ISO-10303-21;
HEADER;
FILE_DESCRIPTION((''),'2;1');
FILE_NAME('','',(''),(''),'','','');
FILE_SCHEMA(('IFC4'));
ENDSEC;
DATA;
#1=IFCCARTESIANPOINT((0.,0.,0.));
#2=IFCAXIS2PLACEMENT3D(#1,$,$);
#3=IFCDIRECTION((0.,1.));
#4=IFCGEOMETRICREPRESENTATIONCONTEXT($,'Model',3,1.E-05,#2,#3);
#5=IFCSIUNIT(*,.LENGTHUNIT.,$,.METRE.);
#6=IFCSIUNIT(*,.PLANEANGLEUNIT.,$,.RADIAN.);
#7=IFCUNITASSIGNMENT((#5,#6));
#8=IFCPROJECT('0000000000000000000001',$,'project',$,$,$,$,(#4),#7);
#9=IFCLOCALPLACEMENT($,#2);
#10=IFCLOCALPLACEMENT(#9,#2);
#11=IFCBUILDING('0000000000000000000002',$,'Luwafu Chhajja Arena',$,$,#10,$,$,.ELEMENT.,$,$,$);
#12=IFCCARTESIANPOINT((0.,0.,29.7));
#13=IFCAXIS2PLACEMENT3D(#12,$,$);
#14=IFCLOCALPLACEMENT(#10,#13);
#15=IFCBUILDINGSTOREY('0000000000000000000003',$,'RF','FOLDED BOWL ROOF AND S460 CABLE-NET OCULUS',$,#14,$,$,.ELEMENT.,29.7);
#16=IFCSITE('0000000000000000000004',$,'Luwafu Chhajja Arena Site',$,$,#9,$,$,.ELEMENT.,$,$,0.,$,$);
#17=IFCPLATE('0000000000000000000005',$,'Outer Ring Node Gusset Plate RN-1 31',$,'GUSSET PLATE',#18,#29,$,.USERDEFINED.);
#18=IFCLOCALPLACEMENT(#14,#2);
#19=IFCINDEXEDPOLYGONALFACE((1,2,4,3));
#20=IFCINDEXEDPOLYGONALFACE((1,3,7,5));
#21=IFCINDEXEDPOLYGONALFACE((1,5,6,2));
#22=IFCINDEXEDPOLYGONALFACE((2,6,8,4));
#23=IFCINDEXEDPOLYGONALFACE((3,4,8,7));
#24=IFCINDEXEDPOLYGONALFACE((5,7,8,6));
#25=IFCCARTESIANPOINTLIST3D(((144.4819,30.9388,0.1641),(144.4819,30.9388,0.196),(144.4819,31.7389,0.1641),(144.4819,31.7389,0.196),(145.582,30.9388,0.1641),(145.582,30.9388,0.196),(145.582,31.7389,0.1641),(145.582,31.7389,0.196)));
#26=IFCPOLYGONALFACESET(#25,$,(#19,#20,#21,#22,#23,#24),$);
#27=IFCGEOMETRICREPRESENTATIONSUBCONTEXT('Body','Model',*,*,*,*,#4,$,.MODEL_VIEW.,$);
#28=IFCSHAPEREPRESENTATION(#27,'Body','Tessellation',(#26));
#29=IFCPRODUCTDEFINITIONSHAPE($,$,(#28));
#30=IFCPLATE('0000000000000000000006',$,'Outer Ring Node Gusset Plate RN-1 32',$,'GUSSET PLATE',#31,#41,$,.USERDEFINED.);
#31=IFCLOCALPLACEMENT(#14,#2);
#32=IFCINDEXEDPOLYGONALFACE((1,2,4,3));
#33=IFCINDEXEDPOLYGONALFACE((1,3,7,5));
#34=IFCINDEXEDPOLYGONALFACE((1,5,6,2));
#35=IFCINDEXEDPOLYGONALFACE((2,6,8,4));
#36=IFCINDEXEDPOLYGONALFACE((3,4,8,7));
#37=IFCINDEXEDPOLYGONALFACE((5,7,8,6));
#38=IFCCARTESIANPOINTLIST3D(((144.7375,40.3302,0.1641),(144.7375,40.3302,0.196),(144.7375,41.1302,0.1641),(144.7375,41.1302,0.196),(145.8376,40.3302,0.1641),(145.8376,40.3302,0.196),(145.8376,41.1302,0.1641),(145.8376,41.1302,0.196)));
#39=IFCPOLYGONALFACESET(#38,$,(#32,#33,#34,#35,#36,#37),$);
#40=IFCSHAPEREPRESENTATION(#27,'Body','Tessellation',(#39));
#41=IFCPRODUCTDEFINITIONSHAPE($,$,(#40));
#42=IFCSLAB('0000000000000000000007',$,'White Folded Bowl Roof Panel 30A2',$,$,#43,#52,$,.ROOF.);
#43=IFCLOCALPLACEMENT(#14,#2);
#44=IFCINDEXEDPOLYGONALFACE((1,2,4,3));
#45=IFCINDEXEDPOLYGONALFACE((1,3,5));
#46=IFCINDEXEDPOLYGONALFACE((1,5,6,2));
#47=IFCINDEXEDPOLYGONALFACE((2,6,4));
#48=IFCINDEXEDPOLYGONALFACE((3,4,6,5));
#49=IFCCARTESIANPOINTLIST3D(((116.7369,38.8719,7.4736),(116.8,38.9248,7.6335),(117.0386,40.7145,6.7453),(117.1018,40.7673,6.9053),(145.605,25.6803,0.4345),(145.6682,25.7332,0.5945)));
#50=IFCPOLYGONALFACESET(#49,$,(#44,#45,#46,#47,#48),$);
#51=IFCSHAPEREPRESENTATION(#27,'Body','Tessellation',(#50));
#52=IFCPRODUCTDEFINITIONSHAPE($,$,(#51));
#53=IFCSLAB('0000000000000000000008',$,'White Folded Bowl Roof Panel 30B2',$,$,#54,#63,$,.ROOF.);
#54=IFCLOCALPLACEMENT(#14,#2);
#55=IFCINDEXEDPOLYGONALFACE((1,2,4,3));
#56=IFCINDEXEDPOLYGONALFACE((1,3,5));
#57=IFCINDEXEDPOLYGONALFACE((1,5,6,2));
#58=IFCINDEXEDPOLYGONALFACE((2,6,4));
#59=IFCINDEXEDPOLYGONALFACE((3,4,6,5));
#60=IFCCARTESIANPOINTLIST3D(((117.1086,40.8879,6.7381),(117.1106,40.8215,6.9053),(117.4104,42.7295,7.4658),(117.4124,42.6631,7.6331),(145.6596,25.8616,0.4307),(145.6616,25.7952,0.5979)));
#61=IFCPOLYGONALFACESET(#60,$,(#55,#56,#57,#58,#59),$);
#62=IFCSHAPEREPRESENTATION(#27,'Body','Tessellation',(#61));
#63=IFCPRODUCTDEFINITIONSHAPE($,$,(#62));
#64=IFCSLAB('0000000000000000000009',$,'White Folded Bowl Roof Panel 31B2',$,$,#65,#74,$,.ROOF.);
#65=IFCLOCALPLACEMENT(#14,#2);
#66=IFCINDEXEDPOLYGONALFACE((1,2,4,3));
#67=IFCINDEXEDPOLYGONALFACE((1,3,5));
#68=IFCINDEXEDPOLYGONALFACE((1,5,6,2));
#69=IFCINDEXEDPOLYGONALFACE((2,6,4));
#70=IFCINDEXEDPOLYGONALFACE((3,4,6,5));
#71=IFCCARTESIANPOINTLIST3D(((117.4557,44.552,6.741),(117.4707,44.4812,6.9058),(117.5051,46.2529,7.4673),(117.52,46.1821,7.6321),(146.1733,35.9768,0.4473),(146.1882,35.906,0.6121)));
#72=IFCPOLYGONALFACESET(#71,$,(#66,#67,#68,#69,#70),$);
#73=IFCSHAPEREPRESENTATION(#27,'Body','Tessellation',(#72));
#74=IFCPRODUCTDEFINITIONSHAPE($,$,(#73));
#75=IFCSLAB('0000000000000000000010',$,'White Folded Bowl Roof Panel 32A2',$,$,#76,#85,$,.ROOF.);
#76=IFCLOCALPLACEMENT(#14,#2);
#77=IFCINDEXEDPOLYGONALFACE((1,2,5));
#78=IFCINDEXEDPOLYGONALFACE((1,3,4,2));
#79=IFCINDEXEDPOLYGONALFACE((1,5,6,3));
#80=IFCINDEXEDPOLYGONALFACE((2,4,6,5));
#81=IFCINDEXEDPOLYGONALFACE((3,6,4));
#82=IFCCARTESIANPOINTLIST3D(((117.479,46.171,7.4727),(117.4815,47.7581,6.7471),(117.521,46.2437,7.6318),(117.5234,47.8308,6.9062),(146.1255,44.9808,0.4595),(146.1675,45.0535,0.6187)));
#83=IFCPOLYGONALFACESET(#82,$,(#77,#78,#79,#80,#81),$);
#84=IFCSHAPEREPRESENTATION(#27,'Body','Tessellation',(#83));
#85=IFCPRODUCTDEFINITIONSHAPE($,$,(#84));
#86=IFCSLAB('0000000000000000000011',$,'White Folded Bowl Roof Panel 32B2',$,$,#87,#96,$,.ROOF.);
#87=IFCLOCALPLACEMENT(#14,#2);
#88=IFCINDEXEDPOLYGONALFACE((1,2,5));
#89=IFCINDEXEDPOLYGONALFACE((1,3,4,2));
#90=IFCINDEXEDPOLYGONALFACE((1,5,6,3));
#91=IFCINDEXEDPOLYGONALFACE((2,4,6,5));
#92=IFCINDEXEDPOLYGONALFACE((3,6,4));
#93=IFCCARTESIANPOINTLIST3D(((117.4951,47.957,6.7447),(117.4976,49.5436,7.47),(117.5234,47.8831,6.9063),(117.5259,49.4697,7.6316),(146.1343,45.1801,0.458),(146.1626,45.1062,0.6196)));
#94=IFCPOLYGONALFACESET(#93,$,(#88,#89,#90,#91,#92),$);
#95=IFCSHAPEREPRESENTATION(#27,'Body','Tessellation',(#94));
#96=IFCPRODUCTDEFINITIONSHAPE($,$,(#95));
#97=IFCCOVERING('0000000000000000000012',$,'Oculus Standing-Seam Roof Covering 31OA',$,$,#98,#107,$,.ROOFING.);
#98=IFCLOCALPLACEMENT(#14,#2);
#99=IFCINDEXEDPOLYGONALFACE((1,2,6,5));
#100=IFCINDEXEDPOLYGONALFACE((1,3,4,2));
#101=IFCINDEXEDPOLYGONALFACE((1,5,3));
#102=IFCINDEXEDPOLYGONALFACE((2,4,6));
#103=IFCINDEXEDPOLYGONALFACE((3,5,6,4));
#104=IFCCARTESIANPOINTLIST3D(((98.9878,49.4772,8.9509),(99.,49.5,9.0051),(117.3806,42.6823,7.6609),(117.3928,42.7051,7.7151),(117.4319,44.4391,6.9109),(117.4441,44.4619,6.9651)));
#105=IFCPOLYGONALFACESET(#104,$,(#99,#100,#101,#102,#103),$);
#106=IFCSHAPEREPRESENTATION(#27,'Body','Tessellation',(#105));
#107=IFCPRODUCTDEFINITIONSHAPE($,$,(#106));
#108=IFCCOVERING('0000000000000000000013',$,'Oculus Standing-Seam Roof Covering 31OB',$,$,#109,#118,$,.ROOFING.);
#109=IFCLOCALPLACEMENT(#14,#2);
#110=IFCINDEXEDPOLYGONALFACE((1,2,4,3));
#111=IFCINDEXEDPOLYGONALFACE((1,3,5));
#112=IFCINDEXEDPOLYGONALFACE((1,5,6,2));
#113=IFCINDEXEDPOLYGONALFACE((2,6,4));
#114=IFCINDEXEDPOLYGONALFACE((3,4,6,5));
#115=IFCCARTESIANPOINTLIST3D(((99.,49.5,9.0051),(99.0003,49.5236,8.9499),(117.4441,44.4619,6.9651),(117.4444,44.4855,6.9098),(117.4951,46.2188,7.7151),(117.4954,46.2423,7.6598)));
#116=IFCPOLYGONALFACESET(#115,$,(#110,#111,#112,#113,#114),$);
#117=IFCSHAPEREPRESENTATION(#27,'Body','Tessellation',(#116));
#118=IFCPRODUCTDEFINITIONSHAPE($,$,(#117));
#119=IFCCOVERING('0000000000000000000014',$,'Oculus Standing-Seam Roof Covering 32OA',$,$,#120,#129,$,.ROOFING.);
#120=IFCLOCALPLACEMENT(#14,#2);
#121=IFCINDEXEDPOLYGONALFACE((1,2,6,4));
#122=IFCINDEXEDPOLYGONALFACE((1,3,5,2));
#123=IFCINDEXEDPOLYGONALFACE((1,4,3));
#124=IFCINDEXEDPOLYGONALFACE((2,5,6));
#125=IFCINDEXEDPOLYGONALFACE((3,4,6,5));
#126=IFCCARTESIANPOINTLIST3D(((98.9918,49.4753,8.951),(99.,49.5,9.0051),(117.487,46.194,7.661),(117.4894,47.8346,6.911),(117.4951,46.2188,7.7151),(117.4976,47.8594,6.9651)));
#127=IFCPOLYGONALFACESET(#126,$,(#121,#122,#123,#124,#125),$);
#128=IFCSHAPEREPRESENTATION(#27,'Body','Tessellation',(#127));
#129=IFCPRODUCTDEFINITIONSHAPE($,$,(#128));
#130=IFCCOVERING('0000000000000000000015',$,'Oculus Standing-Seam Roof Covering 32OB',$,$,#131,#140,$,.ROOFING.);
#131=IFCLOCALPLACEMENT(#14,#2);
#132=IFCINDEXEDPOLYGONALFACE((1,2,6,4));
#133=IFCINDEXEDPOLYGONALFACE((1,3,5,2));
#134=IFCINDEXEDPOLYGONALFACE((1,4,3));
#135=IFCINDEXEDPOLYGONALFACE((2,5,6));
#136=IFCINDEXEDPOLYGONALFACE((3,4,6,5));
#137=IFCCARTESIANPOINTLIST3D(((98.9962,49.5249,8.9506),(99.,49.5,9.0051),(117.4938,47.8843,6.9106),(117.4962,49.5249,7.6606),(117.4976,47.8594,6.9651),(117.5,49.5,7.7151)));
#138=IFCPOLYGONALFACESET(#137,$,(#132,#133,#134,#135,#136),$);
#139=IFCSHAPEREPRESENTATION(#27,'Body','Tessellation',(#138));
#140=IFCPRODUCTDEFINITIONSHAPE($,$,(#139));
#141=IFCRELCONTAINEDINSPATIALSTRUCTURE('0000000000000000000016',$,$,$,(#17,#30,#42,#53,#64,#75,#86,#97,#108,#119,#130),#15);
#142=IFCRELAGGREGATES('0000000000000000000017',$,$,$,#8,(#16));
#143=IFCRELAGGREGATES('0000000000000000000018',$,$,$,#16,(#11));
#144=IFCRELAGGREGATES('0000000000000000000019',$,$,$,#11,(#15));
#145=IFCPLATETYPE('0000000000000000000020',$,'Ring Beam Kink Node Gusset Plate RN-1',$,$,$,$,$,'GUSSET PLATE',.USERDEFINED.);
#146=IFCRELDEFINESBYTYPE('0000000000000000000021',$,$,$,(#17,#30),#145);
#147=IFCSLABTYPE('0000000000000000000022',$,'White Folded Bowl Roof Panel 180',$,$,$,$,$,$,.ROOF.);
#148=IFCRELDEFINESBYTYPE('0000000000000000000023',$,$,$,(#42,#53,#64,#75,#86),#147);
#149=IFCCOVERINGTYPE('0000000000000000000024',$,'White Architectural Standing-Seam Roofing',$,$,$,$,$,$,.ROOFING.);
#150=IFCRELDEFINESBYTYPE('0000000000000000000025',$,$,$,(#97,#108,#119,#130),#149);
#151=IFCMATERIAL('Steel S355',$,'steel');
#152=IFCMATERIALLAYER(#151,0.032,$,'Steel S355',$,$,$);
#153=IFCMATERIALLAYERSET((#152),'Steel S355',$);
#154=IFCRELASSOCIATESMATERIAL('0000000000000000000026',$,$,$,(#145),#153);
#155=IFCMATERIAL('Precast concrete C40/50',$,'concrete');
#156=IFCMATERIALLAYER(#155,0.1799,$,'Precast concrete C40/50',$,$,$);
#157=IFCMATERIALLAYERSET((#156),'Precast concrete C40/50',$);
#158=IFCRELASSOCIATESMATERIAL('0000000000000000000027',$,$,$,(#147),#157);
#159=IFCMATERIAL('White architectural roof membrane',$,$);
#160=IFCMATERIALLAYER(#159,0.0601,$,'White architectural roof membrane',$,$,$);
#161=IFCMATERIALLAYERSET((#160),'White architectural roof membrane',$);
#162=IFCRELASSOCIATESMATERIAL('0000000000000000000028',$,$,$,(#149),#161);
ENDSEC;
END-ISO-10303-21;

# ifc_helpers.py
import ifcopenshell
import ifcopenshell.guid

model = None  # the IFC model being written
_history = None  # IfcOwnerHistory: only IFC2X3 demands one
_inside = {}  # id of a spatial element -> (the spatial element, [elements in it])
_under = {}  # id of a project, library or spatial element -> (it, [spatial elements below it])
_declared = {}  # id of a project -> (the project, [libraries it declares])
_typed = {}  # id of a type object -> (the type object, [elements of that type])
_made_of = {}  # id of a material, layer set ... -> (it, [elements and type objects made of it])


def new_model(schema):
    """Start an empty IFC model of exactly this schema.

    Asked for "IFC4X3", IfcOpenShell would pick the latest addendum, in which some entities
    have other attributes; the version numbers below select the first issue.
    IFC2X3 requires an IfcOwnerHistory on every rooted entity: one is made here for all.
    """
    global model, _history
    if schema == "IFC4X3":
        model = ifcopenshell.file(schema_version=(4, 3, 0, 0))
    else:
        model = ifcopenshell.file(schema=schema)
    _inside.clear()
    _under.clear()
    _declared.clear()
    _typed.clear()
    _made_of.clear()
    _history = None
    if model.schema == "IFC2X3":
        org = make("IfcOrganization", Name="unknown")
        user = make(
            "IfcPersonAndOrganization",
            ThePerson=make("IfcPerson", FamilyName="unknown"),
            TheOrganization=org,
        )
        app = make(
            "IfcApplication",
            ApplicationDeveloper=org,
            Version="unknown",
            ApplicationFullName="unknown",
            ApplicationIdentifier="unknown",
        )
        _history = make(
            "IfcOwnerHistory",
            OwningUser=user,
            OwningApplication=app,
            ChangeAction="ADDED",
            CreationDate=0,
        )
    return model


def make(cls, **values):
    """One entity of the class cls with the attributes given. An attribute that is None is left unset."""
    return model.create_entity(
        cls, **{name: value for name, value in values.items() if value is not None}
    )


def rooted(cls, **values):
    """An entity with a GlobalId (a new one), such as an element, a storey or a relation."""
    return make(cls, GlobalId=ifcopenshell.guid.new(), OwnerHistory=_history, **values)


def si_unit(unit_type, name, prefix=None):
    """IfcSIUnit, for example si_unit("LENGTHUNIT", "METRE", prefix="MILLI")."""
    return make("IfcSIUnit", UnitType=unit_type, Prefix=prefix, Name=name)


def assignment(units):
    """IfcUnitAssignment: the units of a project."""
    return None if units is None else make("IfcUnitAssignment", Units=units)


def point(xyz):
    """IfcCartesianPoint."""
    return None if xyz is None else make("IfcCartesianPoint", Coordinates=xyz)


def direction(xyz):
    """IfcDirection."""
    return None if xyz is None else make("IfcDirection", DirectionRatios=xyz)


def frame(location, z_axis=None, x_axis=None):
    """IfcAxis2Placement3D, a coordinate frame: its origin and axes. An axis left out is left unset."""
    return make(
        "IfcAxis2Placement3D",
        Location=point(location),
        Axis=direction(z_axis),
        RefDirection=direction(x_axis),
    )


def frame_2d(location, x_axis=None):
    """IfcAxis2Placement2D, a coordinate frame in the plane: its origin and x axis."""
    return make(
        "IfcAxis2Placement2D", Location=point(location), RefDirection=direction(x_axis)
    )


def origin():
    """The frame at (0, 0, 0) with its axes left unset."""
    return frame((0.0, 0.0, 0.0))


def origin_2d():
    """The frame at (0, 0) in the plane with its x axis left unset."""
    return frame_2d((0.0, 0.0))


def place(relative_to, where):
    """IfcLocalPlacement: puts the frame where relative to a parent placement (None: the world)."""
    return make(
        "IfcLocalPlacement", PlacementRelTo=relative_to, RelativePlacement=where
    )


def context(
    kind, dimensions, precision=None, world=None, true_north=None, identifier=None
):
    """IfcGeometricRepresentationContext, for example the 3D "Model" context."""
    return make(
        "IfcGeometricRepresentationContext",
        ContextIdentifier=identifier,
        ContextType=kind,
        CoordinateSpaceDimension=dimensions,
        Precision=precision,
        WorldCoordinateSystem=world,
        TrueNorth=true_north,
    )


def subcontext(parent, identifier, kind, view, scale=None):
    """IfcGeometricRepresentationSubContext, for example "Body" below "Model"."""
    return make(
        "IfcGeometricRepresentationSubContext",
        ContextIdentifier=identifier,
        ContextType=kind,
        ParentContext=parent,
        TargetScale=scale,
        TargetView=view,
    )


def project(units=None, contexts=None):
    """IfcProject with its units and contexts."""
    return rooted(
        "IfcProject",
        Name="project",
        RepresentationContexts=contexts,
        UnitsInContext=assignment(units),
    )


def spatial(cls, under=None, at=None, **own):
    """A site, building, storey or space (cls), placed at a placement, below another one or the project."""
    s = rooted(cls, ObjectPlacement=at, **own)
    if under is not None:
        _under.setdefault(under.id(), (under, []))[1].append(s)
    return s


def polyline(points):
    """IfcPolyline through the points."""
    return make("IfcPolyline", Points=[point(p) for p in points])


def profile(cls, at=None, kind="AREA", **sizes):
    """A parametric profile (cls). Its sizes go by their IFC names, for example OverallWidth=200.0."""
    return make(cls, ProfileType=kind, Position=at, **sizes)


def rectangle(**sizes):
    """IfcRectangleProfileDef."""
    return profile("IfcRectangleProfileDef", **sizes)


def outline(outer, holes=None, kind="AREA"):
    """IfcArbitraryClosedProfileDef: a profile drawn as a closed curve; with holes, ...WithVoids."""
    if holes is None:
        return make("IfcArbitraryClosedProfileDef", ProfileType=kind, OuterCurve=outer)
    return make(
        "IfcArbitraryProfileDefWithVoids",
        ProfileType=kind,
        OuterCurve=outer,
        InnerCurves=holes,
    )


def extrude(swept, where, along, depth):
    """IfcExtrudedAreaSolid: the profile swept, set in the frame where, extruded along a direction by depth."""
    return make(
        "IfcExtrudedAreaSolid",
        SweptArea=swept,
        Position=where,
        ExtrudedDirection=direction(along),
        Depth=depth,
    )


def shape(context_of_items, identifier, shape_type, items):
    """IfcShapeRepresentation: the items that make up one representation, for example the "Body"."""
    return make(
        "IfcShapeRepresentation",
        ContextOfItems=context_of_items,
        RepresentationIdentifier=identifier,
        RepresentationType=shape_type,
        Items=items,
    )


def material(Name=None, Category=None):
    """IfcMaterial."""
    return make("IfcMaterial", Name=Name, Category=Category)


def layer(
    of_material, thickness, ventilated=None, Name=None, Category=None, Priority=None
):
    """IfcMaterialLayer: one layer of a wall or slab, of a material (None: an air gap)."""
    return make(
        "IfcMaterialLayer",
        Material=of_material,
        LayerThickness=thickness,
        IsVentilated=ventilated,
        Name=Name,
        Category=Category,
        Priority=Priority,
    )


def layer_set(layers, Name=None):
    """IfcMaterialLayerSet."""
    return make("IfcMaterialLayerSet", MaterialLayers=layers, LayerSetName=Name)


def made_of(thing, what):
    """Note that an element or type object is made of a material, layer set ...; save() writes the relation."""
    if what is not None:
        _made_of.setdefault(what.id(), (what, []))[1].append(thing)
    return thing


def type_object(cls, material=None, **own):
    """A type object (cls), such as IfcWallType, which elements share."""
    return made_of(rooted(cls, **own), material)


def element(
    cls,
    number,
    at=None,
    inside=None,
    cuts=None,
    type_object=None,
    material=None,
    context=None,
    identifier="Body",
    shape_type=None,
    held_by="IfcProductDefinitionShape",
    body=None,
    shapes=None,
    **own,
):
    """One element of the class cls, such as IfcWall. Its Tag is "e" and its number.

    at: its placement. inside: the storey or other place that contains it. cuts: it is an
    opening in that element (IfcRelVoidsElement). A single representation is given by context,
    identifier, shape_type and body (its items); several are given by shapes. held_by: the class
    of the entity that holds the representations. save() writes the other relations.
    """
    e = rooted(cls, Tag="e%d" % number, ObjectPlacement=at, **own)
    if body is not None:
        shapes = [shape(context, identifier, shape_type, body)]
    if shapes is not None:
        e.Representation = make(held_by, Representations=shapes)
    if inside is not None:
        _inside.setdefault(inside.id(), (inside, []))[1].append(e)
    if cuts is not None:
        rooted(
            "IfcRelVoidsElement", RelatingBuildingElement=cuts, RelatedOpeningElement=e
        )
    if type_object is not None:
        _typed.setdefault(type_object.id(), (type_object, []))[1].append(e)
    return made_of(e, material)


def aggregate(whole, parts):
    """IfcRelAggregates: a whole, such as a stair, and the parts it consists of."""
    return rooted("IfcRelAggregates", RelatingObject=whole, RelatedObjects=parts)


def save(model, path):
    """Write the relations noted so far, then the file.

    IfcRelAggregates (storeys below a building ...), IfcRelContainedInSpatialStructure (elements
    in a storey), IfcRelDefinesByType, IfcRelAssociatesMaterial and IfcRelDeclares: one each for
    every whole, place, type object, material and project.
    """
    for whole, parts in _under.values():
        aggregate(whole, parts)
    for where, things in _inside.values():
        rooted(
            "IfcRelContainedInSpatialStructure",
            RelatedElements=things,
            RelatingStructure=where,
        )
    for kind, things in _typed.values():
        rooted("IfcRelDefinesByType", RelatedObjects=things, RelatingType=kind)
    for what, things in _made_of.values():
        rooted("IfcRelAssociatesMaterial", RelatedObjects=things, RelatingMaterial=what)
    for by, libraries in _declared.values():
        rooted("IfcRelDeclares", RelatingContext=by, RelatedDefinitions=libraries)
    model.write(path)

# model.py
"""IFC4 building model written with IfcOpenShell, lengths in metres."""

from ifc_helpers import new_model, si_unit, direction, frame, origin, origin_2d, place, context, subcontext, project, spatial, polyline, rectangle, outline, extrude, material, layer, layer_set, type_object, element, save


model = new_model("IFC4")

# Units and contexts
model_context = context("Model", 3, precision=1e-05, world=origin(), true_north=direction((0.0, 1.0)))
body_context = subcontext(model_context, "Body", "Model", "MODEL_VIEW")
ifc_project = project(units=[si_unit("LENGTHUNIT", "METRE"), si_unit("PLANEANGLEUNIT", "RADIAN")], contexts=[model_context])

# Site, building, storey
site_placement = place(None, origin())
site = spatial("IfcSite", under=ifc_project, at=site_placement, Name="Luwafu Chhajja Arena Site", CompositionType="ELEMENT", RefElevation=0.0)
building_placement = place(site_placement, origin())
building = spatial("IfcBuilding", under=site, at=building_placement, Name="Luwafu Chhajja Arena", CompositionType="ELEMENT")
storey_placement = place(building_placement, frame((0.0, 0.0, 29.7)))
storey = spatial("IfcBuildingStorey", under=building, at=storey_placement, Name="RF", Description="FOLDED BOWL ROOF AND S460 CABLE-NET OCULUS", CompositionType="ELEMENT", Elevation=29.7)

# Shared definitions
ifc_material_1 = material(Name="Steel S355", Category="steel")

# Shared definitions
ifc_material_2 = material(Name="Precast concrete C40/50", Category="concrete")

# Plates
ifc_layer_1 = layer(ifc_material_1, 0.032, Name="Steel S355")
ifc_layer_set_1 = layer_set([ifc_layer_1], Name="Steel S355")
plate_type_1 = type_object("IfcPlateType", Name="Ring Beam Kink Node Gusset Plate RN-1", ElementType="GUSSET PLATE", PredefinedType="USERDEFINED", material=ifc_layer_set_1)
for number, where, z_axis, x_axis, name in (
    (1, (145.032, 31.3389, 0.1641), (0.0, 0.0, 1.0), (1.0, 0.0, 0.0), "Outer Ring Node Gusset Plate RN-1 31"),
    (2, (145.2876, 40.7302, 0.1641), (0.0, 0.0, 1.0), (1.0, 0.0, 0.0), "Outer Ring Node Gusset Plate RN-1 32"),
):
    element("IfcPlate", number, at=place(storey_placement, frame(where, z_axis=z_axis, x_axis=x_axis)), inside=storey, type_object=plate_type_1, Name=name, ObjectType="GUSSET PLATE", PredefinedType="USERDEFINED", context=body_context, shape_type="SweptSolid", body=[
        extrude(rectangle(XDim=1.1001, YDim=0.8, at=origin_2d()), origin(), (0.0, 0.0, 1.0), 0.032),
    ])

# Slabs
ifc_layer_2 = layer(ifc_material_2, 0.1799, Name="Precast concrete C40/50")
ifc_layer_set_2 = layer_set([ifc_layer_2], Name="Precast concrete C40/50")
slab_type_1 = type_object("IfcSlabType", Name="White Folded Bowl Roof Panel 180", PredefinedType="ROOF", material=ifc_layer_set_2)
slab_1_placement = place(storey_placement, frame((145.6682, 25.7332, 0.5945), z_axis=(0.351076, 0.293897, 0.889028), x_axis=(-0.887962, 0.405765, 0.216516)))
element("IfcSlab", 3, at=slab_1_placement, inside=storey, type_object=slab_type_1, Name="White Folded Bowl Roof Panel 30A2", PredefinedType="ROOF", context=body_context, shape_type="SweptSolid", body=[
    extrude(outline(polyline([(0.0, 0.0), (32.5106, 0.0), (32.8326, -1.978), (0.0, 0.0)])), origin(), (0.0, 0.0, -1.0), 0.1799),
])
slab_2_placement = place(storey_placement, frame((145.6616, 25.7952, 0.5979), z_axis=(0.011056, -0.369084, 0.92933), x_axis=(-0.868484, 0.457082, 0.191862)))
element("IfcSlab", 4, at=slab_2_placement, inside=storey, type_object=slab_type_1, Name="White Folded Bowl Roof Panel 30B2", PredefinedType="ROOF", context=body_context, shape_type="SweptSolid", body=[
    extrude(outline(polyline([(0.0, 0.0), (32.8745, 0.0), (33.5938, -1.8694), (0.0, 0.0)])), origin(), (0.0, 0.0, -1.0), 0.1799),
])
slab_3_placement = place(storey_placement, frame((146.1882, 35.906, 0.6121), z_axis=(0.083195, -0.393386, 0.915601), x_axis=(-0.93774, 0.280014, 0.205514)))
element("IfcSlab", 5, at=slab_3_placement, inside=storey, type_object=slab_type_1, Name="White Folded Bowl Roof Panel 31B2", PredefinedType="ROOF", context=body_context, shape_type="SweptSolid", body=[
    extrude(outline(polyline([(0.0, 0.0), (30.6242, 0.0), (31.2035, -1.7571), (0.0, 0.0)])), origin(), (0.0, 0.0, -1.0), 0.1799),
])
slab_4_placement = place(storey_placement, frame((146.1675, 45.0535, 0.6187), z_axis=(0.233327, 0.404, 0.884501), x_axis=(-0.970525, 0.040323, 0.237602)))
element("IfcSlab", 6, at=slab_4_placement, inside=storey, type_object=slab_type_1, Name="White Folded Bowl Roof Panel 32A2", PredefinedType="ROOF", context=body_context, shape_type="SweptSolid", body=[
    extrude(outline(polyline([(0.0, 0.0), (29.5165, 0.0), (29.4057, -1.7416), (0.0, 0.0)])), origin(), (0.0, 0.0, -1.0), 0.1799),
])
slab_5_placement = place(storey_placement, frame((146.1626, 45.1062, 0.6196), z_axis=(0.157304, -0.410787, 0.898059), x_axis=(-0.972394, 0.094283, 0.213451)))
element("IfcSlab", 7, at=slab_5_placement, inside=storey, type_object=slab_type_1, Name="White Folded Bowl Roof Panel 32B2", PredefinedType="ROOF", context=body_context, shape_type="SweptSolid", body=[
    extrude(outline(polyline([(0.0, 0.0), (29.4522, 0.0), (29.7543, -1.7183), (0.0, 0.0)])), origin(), (0.0, 0.0, -1.0), 0.1799),
])

# Coverings
ifc_material_3 = material(Name="White architectural roof membrane")
ifc_layer_3 = layer(ifc_material_3, 0.0601, Name="White architectural roof membrane")
ifc_layer_set_3 = layer_set([ifc_layer_3], Name="White architectural roof membrane")
covering_type = type_object("IfcCoveringType", Name="White Architectural Standing-Seam Roofing", PredefinedType="ROOFING", material=ifc_layer_set_3)
covering_1_placement = place(storey_placement, frame((117.3928, 42.7051, 7.7151), z_axis=(0.203463, 0.379382, 0.902592), x_axis=(0.02683, 0.919368, -0.392482)))
element("IfcCovering", 8, at=covering_1_placement, inside=storey, type_object=covering_type, Name="Oculus Standing-Seam Roof Covering 31OA", PredefinedType="ROOFING", context=body_context, shape_type="SweptSolid", body=[
    extrude(outline(polyline([(0.0, 0.0), (1.9109, 0.0), (5.2472, 18.9367), (0.0, 0.0)])), origin(), (0.0, 0.0, -1.0), 0.0601),
])
covering_2_placement = place(storey_placement, frame((117.4441, 44.4619, 6.9651), z_axis=(-0.005479, -0.392483, 0.919743), x_axis=(0.026702, 0.919371, 0.392483)))
element("IfcCovering", 9, at=covering_2_placement, inside=storey, type_object=covering_type, Name="Oculus Standing-Seam Roof Covering 31OB", PredefinedType="ROOFING", context=body_context, shape_type="SweptSolid", body=[
    extrude(outline(polyline([(0.0, 0.0), (1.9109, 0.0), (4.9401, 18.5829), (0.0, 0.0)])), origin(), (0.0, 0.0, -1.0), 0.0601),
])
covering_3_placement = place(storey_placement, frame((117.4951, 46.2188, 7.7151), z_axis=(0.1359, 0.411735, 0.901113), x_axis=(0.001353, 0.909474, -0.415759)))
element("IfcCovering", 10, at=covering_3_placement, inside=storey, type_object=covering_type, Name="Oculus Standing-Seam Roof Covering 32OA", PredefinedType="ROOFING", context=body_context, shape_type="SweptSolid", body=[
    extrude(outline(polyline([(0.0, 0.0), (1.8039, 0.0), (2.4228, 18.6716), (0.0, 0.0)])), origin(), (0.0, 0.0, -1.0), 0.0601),
])
covering_4_placement = place(storey_placement, frame((117.4976, 47.8594, 6.9651), z_axis=(0.06329, -0.415004, 0.907616), x_axis=(0.001353, 0.909474, 0.415759)))
element("IfcCovering", 11, at=covering_4_placement, inside=storey, type_object=covering_type, Name="Oculus Standing-Seam Roof Covering 32OB", PredefinedType="ROOFING", context=body_context, shape_type="SweptSolid", body=[
    extrude(outline(polyline([(0.0, 0.0), (1.8039, 0.0), (2.3152, 18.5379), (0.0, 0.0)])), origin(), (0.0, 0.0, -1.0), 0.0601),
])

save(model, "model.ifc")
